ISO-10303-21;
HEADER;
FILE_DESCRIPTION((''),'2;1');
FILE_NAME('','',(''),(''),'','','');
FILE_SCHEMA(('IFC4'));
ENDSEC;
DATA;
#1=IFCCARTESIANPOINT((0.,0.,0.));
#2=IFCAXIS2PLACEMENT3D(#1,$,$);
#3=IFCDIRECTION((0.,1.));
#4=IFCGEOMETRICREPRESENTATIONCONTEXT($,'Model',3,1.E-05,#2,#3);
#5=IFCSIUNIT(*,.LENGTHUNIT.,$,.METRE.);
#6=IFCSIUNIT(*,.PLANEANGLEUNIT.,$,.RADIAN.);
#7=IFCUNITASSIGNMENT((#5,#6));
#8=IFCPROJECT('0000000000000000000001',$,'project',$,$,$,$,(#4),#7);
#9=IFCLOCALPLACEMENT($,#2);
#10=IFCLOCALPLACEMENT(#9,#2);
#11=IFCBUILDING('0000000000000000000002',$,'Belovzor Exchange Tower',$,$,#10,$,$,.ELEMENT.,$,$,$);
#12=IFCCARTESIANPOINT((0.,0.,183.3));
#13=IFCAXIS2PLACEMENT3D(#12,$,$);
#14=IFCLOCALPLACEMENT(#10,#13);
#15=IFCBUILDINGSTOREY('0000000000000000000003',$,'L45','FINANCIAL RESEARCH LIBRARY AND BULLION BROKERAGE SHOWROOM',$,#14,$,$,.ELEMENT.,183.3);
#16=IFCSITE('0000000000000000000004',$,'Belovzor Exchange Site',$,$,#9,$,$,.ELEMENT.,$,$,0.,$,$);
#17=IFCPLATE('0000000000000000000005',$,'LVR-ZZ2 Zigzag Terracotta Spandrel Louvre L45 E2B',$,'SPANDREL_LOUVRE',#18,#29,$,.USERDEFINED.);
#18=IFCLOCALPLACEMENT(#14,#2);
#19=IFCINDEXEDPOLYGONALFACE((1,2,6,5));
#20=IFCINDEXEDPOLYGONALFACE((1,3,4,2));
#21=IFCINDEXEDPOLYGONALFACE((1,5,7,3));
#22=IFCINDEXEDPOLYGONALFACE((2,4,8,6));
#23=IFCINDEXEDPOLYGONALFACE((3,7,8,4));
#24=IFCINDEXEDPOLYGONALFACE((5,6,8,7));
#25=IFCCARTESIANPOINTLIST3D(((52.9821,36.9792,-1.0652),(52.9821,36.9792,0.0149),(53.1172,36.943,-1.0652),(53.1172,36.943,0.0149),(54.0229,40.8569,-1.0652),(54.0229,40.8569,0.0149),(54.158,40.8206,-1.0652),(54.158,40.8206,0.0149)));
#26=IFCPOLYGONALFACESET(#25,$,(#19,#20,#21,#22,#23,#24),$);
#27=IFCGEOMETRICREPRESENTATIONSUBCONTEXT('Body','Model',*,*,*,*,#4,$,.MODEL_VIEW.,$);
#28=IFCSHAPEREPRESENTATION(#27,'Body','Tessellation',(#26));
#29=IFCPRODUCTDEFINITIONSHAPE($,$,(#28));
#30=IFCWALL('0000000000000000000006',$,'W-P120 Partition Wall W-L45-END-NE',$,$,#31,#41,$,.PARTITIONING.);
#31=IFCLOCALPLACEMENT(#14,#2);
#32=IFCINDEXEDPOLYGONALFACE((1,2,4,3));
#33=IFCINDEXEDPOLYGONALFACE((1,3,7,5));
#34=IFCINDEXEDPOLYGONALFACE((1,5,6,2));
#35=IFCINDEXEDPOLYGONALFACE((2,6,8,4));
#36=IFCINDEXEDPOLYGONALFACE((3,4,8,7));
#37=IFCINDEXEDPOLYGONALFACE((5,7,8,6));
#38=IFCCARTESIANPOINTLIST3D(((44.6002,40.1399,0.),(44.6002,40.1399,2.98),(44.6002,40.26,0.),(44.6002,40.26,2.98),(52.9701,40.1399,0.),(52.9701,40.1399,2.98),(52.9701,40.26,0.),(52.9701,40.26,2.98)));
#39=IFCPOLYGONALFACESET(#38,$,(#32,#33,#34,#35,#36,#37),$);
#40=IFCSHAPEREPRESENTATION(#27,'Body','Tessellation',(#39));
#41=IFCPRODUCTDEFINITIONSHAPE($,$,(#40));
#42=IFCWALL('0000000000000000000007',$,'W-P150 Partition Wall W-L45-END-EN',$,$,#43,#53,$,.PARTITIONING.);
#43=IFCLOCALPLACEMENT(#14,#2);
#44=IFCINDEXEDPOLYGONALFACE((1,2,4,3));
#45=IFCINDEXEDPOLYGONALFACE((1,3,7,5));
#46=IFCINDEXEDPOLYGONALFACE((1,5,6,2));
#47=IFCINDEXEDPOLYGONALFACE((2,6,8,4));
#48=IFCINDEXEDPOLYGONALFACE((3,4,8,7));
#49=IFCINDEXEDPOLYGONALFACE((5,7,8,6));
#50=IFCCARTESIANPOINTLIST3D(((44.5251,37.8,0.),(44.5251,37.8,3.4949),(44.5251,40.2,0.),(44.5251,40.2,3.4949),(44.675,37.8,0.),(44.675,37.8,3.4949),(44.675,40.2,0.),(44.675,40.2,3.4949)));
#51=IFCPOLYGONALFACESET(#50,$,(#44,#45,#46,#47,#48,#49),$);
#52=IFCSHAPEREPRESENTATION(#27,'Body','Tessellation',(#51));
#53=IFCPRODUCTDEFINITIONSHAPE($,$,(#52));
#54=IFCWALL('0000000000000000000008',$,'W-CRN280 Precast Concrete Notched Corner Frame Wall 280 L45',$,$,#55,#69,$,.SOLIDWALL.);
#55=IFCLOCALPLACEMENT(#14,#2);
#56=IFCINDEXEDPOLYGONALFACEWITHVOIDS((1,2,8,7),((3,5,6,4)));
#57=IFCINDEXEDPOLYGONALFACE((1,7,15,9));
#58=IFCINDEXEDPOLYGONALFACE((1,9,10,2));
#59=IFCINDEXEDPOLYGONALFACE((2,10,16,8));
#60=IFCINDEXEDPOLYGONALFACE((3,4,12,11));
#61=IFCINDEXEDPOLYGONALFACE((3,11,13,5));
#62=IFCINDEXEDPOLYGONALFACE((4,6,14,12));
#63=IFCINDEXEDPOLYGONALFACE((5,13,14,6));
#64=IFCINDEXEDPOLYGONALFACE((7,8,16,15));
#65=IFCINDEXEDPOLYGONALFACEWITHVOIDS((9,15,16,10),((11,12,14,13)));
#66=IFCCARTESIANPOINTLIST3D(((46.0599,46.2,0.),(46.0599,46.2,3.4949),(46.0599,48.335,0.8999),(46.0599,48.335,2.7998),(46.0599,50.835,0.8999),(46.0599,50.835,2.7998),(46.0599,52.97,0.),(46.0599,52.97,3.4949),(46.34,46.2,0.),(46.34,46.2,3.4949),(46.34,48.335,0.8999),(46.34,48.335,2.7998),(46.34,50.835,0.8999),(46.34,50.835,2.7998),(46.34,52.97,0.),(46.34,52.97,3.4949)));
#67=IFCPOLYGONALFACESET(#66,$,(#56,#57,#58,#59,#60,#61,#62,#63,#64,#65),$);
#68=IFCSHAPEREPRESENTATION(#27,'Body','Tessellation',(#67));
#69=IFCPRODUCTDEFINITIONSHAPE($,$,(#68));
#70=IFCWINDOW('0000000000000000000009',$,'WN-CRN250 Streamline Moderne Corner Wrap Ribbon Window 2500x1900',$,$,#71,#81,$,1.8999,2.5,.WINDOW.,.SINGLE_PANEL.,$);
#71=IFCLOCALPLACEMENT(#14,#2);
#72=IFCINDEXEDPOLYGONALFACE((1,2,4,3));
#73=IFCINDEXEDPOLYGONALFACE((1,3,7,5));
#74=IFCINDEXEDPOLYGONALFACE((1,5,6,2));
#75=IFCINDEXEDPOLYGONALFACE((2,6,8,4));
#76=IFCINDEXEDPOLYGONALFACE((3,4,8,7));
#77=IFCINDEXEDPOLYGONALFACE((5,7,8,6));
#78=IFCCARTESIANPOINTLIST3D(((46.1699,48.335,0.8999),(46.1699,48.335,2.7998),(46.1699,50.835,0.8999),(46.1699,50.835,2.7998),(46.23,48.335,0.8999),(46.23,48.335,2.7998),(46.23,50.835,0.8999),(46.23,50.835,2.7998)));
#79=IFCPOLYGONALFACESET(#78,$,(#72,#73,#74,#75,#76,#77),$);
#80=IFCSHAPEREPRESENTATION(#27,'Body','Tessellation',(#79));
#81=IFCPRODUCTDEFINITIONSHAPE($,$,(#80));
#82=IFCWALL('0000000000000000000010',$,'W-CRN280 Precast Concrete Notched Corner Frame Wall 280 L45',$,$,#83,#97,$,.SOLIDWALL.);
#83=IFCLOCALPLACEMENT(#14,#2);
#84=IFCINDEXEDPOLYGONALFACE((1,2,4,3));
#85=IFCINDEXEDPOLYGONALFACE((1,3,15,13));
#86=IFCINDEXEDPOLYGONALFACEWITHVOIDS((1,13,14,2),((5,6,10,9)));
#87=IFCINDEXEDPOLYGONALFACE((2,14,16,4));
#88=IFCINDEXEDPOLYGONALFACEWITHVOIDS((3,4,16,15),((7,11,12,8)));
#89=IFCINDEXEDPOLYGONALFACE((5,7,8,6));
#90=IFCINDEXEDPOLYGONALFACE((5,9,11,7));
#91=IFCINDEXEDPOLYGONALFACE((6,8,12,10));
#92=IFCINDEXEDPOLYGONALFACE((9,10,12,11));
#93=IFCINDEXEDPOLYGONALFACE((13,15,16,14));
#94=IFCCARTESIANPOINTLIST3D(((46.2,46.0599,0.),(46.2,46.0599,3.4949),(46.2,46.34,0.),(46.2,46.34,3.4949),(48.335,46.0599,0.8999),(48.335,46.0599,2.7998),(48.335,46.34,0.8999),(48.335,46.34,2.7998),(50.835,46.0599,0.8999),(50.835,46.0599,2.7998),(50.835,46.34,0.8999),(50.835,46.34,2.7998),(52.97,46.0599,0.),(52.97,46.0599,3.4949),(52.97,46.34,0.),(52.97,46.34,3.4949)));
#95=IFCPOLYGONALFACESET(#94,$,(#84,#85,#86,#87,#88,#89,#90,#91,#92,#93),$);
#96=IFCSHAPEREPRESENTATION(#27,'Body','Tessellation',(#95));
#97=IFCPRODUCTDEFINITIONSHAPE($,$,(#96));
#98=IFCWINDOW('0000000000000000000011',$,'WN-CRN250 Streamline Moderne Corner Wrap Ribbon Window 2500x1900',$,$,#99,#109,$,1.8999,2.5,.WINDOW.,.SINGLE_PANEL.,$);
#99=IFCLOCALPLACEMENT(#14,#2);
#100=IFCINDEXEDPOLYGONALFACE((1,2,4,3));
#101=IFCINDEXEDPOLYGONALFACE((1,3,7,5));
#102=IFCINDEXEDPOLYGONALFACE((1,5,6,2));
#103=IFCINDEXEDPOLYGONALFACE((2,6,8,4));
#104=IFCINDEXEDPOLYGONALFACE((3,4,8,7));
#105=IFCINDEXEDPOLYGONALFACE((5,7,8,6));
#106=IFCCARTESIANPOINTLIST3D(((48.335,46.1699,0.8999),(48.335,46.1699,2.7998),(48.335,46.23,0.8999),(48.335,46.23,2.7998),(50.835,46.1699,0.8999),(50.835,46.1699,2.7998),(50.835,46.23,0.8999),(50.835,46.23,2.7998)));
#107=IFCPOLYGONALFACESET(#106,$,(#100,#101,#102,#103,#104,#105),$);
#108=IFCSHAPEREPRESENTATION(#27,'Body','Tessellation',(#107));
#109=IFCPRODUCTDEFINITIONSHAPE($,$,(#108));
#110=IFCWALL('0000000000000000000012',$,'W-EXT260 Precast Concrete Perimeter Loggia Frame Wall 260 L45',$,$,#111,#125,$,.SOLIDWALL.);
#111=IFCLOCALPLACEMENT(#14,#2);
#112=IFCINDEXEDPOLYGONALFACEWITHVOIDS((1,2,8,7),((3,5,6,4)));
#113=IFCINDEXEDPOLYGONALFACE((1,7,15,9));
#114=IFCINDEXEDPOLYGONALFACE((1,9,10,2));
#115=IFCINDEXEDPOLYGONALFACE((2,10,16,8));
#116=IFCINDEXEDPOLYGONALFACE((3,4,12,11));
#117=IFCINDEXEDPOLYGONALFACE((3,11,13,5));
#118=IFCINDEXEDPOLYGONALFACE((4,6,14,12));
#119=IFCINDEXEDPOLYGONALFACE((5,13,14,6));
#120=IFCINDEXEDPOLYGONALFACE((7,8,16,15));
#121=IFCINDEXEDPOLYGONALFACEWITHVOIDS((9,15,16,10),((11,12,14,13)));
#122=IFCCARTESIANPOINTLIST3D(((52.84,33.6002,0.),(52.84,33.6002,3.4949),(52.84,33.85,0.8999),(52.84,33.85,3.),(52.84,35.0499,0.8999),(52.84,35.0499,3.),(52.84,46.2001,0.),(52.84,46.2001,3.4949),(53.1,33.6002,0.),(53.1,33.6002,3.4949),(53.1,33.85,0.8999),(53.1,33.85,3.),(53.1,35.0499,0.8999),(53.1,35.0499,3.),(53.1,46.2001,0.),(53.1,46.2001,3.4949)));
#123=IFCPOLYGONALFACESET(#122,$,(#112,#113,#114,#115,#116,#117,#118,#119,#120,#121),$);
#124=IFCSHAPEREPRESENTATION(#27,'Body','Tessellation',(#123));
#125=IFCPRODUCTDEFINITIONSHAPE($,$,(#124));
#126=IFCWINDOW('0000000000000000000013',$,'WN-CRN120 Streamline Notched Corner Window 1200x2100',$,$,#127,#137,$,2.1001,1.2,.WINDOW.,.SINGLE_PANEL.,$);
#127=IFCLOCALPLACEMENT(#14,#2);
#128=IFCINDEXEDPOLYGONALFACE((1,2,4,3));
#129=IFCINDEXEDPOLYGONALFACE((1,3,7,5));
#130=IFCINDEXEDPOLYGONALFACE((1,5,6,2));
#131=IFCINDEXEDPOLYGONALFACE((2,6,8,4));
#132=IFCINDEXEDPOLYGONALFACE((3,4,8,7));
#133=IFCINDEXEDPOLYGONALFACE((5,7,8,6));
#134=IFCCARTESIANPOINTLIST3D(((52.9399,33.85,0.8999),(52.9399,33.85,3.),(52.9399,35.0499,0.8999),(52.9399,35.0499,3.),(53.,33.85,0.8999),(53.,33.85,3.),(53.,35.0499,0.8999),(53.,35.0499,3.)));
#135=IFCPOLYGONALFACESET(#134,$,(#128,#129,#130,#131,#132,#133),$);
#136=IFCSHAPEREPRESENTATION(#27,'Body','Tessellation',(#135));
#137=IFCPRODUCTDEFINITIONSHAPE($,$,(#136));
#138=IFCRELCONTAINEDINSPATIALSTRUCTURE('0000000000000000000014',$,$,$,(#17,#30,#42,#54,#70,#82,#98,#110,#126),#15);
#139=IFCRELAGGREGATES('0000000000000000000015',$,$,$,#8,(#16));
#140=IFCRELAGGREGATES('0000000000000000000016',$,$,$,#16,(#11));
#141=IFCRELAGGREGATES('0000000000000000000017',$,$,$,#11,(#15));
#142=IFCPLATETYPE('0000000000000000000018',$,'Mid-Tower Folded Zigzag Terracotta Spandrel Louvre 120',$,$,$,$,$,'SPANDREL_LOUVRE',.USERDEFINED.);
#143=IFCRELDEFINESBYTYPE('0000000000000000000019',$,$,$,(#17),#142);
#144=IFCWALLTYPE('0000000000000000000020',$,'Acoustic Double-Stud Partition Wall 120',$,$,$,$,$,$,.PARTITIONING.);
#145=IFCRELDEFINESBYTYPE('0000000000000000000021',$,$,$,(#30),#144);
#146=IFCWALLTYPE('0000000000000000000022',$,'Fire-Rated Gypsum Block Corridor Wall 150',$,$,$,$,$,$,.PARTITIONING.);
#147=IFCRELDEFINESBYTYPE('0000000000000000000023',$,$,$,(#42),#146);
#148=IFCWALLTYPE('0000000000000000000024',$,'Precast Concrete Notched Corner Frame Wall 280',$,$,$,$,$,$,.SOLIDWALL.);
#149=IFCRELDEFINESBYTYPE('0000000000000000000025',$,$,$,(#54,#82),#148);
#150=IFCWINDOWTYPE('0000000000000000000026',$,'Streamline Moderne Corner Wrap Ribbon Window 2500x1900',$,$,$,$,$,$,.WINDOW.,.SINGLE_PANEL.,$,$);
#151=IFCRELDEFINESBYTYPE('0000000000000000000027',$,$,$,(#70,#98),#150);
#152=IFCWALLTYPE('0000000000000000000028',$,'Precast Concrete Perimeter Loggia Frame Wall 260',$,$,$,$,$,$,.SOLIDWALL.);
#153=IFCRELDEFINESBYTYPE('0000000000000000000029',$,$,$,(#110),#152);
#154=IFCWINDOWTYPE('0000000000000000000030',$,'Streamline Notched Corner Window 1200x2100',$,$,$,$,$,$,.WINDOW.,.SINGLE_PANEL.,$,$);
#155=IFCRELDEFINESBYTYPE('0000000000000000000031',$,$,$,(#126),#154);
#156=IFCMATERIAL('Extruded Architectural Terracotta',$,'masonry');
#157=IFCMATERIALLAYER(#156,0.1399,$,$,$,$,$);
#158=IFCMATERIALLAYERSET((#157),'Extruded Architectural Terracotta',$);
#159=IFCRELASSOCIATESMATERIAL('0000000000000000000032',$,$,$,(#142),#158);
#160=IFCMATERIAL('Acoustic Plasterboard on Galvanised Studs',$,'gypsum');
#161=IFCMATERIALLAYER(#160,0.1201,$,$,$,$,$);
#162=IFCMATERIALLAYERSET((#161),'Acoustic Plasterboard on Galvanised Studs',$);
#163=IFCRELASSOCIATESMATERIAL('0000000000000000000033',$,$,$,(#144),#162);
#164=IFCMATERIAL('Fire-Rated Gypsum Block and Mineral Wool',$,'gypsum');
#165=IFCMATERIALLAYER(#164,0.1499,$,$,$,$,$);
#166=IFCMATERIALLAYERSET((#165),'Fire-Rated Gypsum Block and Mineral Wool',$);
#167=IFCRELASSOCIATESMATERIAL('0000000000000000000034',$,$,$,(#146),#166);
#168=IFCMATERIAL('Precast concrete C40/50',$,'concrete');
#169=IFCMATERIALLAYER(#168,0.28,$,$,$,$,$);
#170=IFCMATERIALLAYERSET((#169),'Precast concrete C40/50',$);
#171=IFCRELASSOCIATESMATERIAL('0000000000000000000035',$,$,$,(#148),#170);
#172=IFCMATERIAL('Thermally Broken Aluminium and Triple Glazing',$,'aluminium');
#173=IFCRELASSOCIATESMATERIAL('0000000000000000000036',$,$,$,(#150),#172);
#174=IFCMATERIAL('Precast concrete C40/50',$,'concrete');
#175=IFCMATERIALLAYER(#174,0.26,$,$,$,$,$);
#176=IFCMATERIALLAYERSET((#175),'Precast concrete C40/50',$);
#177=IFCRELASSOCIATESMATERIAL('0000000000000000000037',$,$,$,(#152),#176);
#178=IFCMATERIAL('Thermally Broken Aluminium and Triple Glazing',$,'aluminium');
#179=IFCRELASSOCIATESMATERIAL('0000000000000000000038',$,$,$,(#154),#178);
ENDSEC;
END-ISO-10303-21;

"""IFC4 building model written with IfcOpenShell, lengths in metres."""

from ifc_helpers import new_model, si_unit, direction, frame, frame_2d, origin, origin_2d, place, context, subcontext, project, spatial, rectangle, extrude, material, layer, layer_set, type_object, element, fill, save


model = new_model("IFC4")

# Units and contexts
model_context = context("Model", 3, precision=1e-05, world=origin(), true_north=direction((0.0, 1.0)))
body_context = subcontext(model_context, "Body", "Model", "MODEL_VIEW")
ifc_project = project(units=[si_unit("LENGTHUNIT", "METRE"), si_unit("PLANEANGLEUNIT", "RADIAN")], contexts=[model_context])

# Site, building, storey
site_placement = place(None, origin())
site = spatial("IfcSite", under=ifc_project, at=site_placement, Name="Belovzor Exchange Site", CompositionType="ELEMENT", RefElevation=0.0)
building_placement = place(site_placement, origin())
building = spatial("IfcBuilding", under=site, at=building_placement, Name="Belovzor Exchange Tower", CompositionType="ELEMENT")
storey_placement = place(building_placement, frame((0.0, 0.0, 183.3)))
storey = spatial("IfcBuildingStorey", under=building, at=storey_placement, Name="L45", Description="FINANCIAL RESEARCH LIBRARY AND BULLION BROKERAGE SHOWROOM", CompositionType="ELEMENT", Elevation=183.3)

# Plate
ifc_material_1 = material(Name="Extruded Architectural Terracotta", Category="masonry")
ifc_layer_1 = layer(ifc_material_1, 0.1399)
ifc_layer_set_1 = layer_set([ifc_layer_1], Name="Extruded Architectural Terracotta")
plate_type = type_object("IfcPlateType", Name="Mid-Tower Folded Zigzag Terracotta Spandrel Louvre 120", ElementType="SPANDREL_LOUVRE", PredefinedType="USERDEFINED", material=ifc_layer_set_1)
plate_placement = place(storey_placement, frame((53.5701, 38.8999, -1.0652), z_axis=(0.0, 0.0, 1.0), x_axis=(0.25924, 0.965813, 0.0)))
element("IfcPlate", 1, at=plate_placement, inside=storey, type_object=plate_type, Name="LVR-ZZ2 Zigzag Terracotta Spandrel Louvre L45 E2B", ObjectType="SPANDREL_LOUVRE", PredefinedType="USERDEFINED", context=body_context, shape_type="SweptSolid", body=[
    extrude(rectangle(XDim=4.0149, YDim=0.1399, at=origin_2d()), origin(), (0.0, 0.0, 1.0), 1.0801),
])

# Walls
ifc_material_2 = material(Name="Acoustic Plasterboard on Galvanised Studs", Category="gypsum")
ifc_layer_2 = layer(ifc_material_2, 0.1201)
ifc_layer_set_2 = layer_set([ifc_layer_2], Name="Acoustic Plasterboard on Galvanised Studs")
wall_type_1 = type_object("IfcWallType", Name="Acoustic Double-Stud Partition Wall 120", PredefinedType="PARTITIONING", material=ifc_layer_set_2)
wall_1_placement = place(storey_placement, frame((44.6001, 40.2, 0.0), z_axis=(0.0, 0.0, 1.0), x_axis=(1.0, 0.0, 0.0)))
element("IfcWall", 2, at=wall_1_placement, inside=storey, type_object=wall_type_1, Name="W-P120 Partition Wall W-L45-END-NE", PredefinedType="PARTITIONING", context=body_context, shape_type="SweptSolid", body=[
    extrude(rectangle(XDim=8.3699, YDim=0.1201, at=frame_2d((4.1851, 0.0))), origin(), (0.0, 0.0, 1.0), 2.98),
])
ifc_material_3 = material(Name="Fire-Rated Gypsum Block and Mineral Wool", Category="gypsum")
ifc_layer_3 = layer(ifc_material_3, 0.1499)
ifc_layer_set_3 = layer_set([ifc_layer_3], Name="Fire-Rated Gypsum Block and Mineral Wool")
wall_type_2 = type_object("IfcWallType", Name="Fire-Rated Gypsum Block Corridor Wall 150", PredefinedType="PARTITIONING", material=ifc_layer_set_3)
wall_2_placement = place(storey_placement, frame((44.6001, 37.8, 0.0), z_axis=(0.0, 0.0, 1.0), x_axis=(0.0, 1.0, 0.0)))
element("IfcWall", 3, at=wall_2_placement, inside=storey, type_object=wall_type_2, Name="W-P150 Partition Wall W-L45-END-EN", PredefinedType="PARTITIONING", context=body_context, shape_type="SweptSolid", body=[
    extrude(rectangle(XDim=2.3999, YDim=0.1499, at=frame_2d((1.2, 0.0))), origin(), (0.0, 0.0, 1.0), 3.4949),
])

# Walls, openings, windows
ifc_material_4 = material(Name="Precast concrete C40/50", Category="concrete")
ifc_layer_4 = layer(ifc_material_4, 0.28)
ifc_layer_set_4 = layer_set([ifc_layer_4], Name="Precast concrete C40/50")
wall_type_3 = type_object("IfcWallType", Name="Precast Concrete Notched Corner Frame Wall 280", PredefinedType="SOLIDWALL", material=ifc_layer_set_4)
wall_3_placement = place(storey_placement, frame((46.2, 52.97, 0.0), z_axis=(0.0, 0.0, 1.0), x_axis=(0.0, -1.0, 0.0)))
wall_3 = element("IfcWall", 4, at=wall_3_placement, inside=storey, type_object=wall_type_3, Name="W-CRN280 Precast Concrete Notched Corner Frame Wall 280 L45", PredefinedType="SOLIDWALL", context=body_context, shape_type="SweptSolid", body=[
    extrude(rectangle(XDim=6.77, YDim=0.28, at=frame_2d((3.385, 0.0))), origin(), (0.0, 0.0, 1.0), 3.4949),
])
opening_1_placement = place(wall_3_placement, frame((2.135, 0.0, 0.8999)))
opening_1 = element("IfcOpeningElement", 5, at=opening_1_placement, cuts=wall_3, PredefinedType="OPENING", context=body_context, shape_type="SweptSolid", body=[
    extrude(rectangle(XDim=2.5, YDim=1.8999, at=frame_2d((1.25, 0.95))), frame((0.0, 0.1499, 0.0), z_axis=(0.0, -1.0, 0.0), x_axis=(1.0, 0.0, 0.0)), (0.0, 0.0, 1.0), 0.3),
])
ifc_material_5 = material(Name="Thermally Broken Aluminium and Triple Glazing", Category="aluminium")
window_type_1 = type_object("IfcWindowType", Name="Streamline Moderne Corner Wrap Ribbon Window 2500x1900", PartitioningType="SINGLE_PANEL", PredefinedType="WINDOW", material=ifc_material_5)
window_1_placement = place(opening_1_placement, origin())
window_1 = element("IfcWindow", 6, at=window_1_placement, inside=storey, type_object=window_type_1, Name="WN-CRN250 Streamline Moderne Corner Wrap Ribbon Window 2500x1900", OverallHeight=1.8999, OverallWidth=2.5, PartitioningType="SINGLE_PANEL", PredefinedType="WINDOW", context=body_context, shape_type="SweptSolid", body=[
    extrude(rectangle(XDim=2.5, YDim=1.8999, at=frame_2d((1.25, 0.95))), frame((0.0, 0.03, 0.0), z_axis=(0.0, -1.0, 0.0), x_axis=(1.0, 0.0, 0.0)), (0.0, 0.0, 1.0), 0.0601),
])
fill(opening_1, window_1)
wall_4_placement = place(storey_placement, frame((46.2, 46.2, 0.0), z_axis=(0.0, 0.0, 1.0), x_axis=(1.0, 0.0, 0.0)))
wall_4 = element("IfcWall", 7, at=wall_4_placement, inside=storey, type_object=wall_type_3, Name="W-CRN280 Precast Concrete Notched Corner Frame Wall 280 L45", PredefinedType="SOLIDWALL", context=body_context, shape_type="SweptSolid", body=[
    extrude(rectangle(XDim=6.77, YDim=0.28, at=frame_2d((3.385, 0.0))), origin(), (0.0, 0.0, 1.0), 3.4949),
])
opening_2_placement = place(wall_4_placement, frame((2.135, 0.0, 0.8999)))
opening_2 = element("IfcOpeningElement", 8, at=opening_2_placement, cuts=wall_4, PredefinedType="OPENING", context=body_context, shape_type="SweptSolid", body=[
    extrude(rectangle(XDim=2.5, YDim=1.8999, at=frame_2d((1.25, 0.95))), frame((0.0, 0.1499, 0.0), z_axis=(0.0, -1.0, 0.0), x_axis=(1.0, 0.0, 0.0)), (0.0, 0.0, 1.0), 0.3),
])
window_2_placement = place(opening_2_placement, origin())
window_2 = element("IfcWindow", 9, at=window_2_placement, inside=storey, type_object=window_type_1, Name="WN-CRN250 Streamline Moderne Corner Wrap Ribbon Window 2500x1900", OverallHeight=1.8999, OverallWidth=2.5, PartitioningType="SINGLE_PANEL", PredefinedType="WINDOW", context=body_context, shape_type="SweptSolid", body=[
    extrude(rectangle(XDim=2.5, YDim=1.8999, at=frame_2d((1.25, 0.95))), frame((0.0, 0.03, 0.0), z_axis=(0.0, -1.0, 0.0), x_axis=(1.0, 0.0, 0.0)), (0.0, 0.0, 1.0), 0.0601),
])
fill(opening_2, window_2)
ifc_material_6 = material(Name="Precast concrete C40/50", Category="concrete")
ifc_layer_5 = layer(ifc_material_6, 0.26)
ifc_layer_set_5 = layer_set([ifc_layer_5], Name="Precast concrete C40/50")
wall_type_4 = type_object("IfcWallType", Name="Precast Concrete Perimeter Loggia Frame Wall 260", PredefinedType="SOLIDWALL", material=ifc_layer_set_5)
wall_5_placement = place(storey_placement, frame((52.97, 46.2, 0.0), z_axis=(0.0, 0.0, 1.0), x_axis=(0.0, -1.0, 0.0)))
wall_5 = element("IfcWall", 10, at=wall_5_placement, inside=storey, type_object=wall_type_4, Name="W-EXT260 Precast Concrete Perimeter Loggia Frame Wall 260 L45", PredefinedType="SOLIDWALL", context=body_context, shape_type="SweptSolid", body=[
    extrude(rectangle(XDim=12.5999, YDim=0.26, at=frame_2d((6.2998, 0.0))), origin(), (0.0, 0.0, 1.0), 3.4949),
])
opening_3_placement = place(wall_5_placement, frame((11.1499, 0.0, 0.8999)))
opening_3 = element("IfcOpeningElement", 11, at=opening_3_placement, cuts=wall_5, PredefinedType="OPENING", context=body_context, shape_type="SweptSolid", body=[
    extrude(rectangle(XDim=1.2, YDim=2.1001, at=frame_2d((0.6001, 1.05))), frame((0.0, 0.1399, 0.0), z_axis=(0.0, -1.0, 0.0), x_axis=(1.0, 0.0, 0.0)), (0.0, 0.0, 1.0), 0.28),
])
ifc_material_7 = material(Name="Thermally Broken Aluminium and Triple Glazing", Category="aluminium")
window_type_2 = type_object("IfcWindowType", Name="Streamline Notched Corner Window 1200x2100", PartitioningType="SINGLE_PANEL", PredefinedType="WINDOW", material=ifc_material_7)
window_3_placement = place(opening_3_placement, origin())
window_3 = element("IfcWindow", 12, at=window_3_placement, inside=storey, type_object=window_type_2, Name="WN-CRN120 Streamline Notched Corner Window 1200x2100", OverallHeight=2.1001, OverallWidth=1.2, PartitioningType="SINGLE_PANEL", PredefinedType="WINDOW", context=body_context, shape_type="SweptSolid", body=[
    extrude(rectangle(XDim=1.2, YDim=2.1001, at=frame_2d((0.6001, 1.05))), frame((0.0, 0.03, 0.0), z_axis=(0.0, -1.0, 0.0), x_axis=(1.0, 0.0, 0.0)), (0.0, 0.0, 1.0), 0.0601),
])
fill(opening_3, window_3)

save(model, "model.ifc")
